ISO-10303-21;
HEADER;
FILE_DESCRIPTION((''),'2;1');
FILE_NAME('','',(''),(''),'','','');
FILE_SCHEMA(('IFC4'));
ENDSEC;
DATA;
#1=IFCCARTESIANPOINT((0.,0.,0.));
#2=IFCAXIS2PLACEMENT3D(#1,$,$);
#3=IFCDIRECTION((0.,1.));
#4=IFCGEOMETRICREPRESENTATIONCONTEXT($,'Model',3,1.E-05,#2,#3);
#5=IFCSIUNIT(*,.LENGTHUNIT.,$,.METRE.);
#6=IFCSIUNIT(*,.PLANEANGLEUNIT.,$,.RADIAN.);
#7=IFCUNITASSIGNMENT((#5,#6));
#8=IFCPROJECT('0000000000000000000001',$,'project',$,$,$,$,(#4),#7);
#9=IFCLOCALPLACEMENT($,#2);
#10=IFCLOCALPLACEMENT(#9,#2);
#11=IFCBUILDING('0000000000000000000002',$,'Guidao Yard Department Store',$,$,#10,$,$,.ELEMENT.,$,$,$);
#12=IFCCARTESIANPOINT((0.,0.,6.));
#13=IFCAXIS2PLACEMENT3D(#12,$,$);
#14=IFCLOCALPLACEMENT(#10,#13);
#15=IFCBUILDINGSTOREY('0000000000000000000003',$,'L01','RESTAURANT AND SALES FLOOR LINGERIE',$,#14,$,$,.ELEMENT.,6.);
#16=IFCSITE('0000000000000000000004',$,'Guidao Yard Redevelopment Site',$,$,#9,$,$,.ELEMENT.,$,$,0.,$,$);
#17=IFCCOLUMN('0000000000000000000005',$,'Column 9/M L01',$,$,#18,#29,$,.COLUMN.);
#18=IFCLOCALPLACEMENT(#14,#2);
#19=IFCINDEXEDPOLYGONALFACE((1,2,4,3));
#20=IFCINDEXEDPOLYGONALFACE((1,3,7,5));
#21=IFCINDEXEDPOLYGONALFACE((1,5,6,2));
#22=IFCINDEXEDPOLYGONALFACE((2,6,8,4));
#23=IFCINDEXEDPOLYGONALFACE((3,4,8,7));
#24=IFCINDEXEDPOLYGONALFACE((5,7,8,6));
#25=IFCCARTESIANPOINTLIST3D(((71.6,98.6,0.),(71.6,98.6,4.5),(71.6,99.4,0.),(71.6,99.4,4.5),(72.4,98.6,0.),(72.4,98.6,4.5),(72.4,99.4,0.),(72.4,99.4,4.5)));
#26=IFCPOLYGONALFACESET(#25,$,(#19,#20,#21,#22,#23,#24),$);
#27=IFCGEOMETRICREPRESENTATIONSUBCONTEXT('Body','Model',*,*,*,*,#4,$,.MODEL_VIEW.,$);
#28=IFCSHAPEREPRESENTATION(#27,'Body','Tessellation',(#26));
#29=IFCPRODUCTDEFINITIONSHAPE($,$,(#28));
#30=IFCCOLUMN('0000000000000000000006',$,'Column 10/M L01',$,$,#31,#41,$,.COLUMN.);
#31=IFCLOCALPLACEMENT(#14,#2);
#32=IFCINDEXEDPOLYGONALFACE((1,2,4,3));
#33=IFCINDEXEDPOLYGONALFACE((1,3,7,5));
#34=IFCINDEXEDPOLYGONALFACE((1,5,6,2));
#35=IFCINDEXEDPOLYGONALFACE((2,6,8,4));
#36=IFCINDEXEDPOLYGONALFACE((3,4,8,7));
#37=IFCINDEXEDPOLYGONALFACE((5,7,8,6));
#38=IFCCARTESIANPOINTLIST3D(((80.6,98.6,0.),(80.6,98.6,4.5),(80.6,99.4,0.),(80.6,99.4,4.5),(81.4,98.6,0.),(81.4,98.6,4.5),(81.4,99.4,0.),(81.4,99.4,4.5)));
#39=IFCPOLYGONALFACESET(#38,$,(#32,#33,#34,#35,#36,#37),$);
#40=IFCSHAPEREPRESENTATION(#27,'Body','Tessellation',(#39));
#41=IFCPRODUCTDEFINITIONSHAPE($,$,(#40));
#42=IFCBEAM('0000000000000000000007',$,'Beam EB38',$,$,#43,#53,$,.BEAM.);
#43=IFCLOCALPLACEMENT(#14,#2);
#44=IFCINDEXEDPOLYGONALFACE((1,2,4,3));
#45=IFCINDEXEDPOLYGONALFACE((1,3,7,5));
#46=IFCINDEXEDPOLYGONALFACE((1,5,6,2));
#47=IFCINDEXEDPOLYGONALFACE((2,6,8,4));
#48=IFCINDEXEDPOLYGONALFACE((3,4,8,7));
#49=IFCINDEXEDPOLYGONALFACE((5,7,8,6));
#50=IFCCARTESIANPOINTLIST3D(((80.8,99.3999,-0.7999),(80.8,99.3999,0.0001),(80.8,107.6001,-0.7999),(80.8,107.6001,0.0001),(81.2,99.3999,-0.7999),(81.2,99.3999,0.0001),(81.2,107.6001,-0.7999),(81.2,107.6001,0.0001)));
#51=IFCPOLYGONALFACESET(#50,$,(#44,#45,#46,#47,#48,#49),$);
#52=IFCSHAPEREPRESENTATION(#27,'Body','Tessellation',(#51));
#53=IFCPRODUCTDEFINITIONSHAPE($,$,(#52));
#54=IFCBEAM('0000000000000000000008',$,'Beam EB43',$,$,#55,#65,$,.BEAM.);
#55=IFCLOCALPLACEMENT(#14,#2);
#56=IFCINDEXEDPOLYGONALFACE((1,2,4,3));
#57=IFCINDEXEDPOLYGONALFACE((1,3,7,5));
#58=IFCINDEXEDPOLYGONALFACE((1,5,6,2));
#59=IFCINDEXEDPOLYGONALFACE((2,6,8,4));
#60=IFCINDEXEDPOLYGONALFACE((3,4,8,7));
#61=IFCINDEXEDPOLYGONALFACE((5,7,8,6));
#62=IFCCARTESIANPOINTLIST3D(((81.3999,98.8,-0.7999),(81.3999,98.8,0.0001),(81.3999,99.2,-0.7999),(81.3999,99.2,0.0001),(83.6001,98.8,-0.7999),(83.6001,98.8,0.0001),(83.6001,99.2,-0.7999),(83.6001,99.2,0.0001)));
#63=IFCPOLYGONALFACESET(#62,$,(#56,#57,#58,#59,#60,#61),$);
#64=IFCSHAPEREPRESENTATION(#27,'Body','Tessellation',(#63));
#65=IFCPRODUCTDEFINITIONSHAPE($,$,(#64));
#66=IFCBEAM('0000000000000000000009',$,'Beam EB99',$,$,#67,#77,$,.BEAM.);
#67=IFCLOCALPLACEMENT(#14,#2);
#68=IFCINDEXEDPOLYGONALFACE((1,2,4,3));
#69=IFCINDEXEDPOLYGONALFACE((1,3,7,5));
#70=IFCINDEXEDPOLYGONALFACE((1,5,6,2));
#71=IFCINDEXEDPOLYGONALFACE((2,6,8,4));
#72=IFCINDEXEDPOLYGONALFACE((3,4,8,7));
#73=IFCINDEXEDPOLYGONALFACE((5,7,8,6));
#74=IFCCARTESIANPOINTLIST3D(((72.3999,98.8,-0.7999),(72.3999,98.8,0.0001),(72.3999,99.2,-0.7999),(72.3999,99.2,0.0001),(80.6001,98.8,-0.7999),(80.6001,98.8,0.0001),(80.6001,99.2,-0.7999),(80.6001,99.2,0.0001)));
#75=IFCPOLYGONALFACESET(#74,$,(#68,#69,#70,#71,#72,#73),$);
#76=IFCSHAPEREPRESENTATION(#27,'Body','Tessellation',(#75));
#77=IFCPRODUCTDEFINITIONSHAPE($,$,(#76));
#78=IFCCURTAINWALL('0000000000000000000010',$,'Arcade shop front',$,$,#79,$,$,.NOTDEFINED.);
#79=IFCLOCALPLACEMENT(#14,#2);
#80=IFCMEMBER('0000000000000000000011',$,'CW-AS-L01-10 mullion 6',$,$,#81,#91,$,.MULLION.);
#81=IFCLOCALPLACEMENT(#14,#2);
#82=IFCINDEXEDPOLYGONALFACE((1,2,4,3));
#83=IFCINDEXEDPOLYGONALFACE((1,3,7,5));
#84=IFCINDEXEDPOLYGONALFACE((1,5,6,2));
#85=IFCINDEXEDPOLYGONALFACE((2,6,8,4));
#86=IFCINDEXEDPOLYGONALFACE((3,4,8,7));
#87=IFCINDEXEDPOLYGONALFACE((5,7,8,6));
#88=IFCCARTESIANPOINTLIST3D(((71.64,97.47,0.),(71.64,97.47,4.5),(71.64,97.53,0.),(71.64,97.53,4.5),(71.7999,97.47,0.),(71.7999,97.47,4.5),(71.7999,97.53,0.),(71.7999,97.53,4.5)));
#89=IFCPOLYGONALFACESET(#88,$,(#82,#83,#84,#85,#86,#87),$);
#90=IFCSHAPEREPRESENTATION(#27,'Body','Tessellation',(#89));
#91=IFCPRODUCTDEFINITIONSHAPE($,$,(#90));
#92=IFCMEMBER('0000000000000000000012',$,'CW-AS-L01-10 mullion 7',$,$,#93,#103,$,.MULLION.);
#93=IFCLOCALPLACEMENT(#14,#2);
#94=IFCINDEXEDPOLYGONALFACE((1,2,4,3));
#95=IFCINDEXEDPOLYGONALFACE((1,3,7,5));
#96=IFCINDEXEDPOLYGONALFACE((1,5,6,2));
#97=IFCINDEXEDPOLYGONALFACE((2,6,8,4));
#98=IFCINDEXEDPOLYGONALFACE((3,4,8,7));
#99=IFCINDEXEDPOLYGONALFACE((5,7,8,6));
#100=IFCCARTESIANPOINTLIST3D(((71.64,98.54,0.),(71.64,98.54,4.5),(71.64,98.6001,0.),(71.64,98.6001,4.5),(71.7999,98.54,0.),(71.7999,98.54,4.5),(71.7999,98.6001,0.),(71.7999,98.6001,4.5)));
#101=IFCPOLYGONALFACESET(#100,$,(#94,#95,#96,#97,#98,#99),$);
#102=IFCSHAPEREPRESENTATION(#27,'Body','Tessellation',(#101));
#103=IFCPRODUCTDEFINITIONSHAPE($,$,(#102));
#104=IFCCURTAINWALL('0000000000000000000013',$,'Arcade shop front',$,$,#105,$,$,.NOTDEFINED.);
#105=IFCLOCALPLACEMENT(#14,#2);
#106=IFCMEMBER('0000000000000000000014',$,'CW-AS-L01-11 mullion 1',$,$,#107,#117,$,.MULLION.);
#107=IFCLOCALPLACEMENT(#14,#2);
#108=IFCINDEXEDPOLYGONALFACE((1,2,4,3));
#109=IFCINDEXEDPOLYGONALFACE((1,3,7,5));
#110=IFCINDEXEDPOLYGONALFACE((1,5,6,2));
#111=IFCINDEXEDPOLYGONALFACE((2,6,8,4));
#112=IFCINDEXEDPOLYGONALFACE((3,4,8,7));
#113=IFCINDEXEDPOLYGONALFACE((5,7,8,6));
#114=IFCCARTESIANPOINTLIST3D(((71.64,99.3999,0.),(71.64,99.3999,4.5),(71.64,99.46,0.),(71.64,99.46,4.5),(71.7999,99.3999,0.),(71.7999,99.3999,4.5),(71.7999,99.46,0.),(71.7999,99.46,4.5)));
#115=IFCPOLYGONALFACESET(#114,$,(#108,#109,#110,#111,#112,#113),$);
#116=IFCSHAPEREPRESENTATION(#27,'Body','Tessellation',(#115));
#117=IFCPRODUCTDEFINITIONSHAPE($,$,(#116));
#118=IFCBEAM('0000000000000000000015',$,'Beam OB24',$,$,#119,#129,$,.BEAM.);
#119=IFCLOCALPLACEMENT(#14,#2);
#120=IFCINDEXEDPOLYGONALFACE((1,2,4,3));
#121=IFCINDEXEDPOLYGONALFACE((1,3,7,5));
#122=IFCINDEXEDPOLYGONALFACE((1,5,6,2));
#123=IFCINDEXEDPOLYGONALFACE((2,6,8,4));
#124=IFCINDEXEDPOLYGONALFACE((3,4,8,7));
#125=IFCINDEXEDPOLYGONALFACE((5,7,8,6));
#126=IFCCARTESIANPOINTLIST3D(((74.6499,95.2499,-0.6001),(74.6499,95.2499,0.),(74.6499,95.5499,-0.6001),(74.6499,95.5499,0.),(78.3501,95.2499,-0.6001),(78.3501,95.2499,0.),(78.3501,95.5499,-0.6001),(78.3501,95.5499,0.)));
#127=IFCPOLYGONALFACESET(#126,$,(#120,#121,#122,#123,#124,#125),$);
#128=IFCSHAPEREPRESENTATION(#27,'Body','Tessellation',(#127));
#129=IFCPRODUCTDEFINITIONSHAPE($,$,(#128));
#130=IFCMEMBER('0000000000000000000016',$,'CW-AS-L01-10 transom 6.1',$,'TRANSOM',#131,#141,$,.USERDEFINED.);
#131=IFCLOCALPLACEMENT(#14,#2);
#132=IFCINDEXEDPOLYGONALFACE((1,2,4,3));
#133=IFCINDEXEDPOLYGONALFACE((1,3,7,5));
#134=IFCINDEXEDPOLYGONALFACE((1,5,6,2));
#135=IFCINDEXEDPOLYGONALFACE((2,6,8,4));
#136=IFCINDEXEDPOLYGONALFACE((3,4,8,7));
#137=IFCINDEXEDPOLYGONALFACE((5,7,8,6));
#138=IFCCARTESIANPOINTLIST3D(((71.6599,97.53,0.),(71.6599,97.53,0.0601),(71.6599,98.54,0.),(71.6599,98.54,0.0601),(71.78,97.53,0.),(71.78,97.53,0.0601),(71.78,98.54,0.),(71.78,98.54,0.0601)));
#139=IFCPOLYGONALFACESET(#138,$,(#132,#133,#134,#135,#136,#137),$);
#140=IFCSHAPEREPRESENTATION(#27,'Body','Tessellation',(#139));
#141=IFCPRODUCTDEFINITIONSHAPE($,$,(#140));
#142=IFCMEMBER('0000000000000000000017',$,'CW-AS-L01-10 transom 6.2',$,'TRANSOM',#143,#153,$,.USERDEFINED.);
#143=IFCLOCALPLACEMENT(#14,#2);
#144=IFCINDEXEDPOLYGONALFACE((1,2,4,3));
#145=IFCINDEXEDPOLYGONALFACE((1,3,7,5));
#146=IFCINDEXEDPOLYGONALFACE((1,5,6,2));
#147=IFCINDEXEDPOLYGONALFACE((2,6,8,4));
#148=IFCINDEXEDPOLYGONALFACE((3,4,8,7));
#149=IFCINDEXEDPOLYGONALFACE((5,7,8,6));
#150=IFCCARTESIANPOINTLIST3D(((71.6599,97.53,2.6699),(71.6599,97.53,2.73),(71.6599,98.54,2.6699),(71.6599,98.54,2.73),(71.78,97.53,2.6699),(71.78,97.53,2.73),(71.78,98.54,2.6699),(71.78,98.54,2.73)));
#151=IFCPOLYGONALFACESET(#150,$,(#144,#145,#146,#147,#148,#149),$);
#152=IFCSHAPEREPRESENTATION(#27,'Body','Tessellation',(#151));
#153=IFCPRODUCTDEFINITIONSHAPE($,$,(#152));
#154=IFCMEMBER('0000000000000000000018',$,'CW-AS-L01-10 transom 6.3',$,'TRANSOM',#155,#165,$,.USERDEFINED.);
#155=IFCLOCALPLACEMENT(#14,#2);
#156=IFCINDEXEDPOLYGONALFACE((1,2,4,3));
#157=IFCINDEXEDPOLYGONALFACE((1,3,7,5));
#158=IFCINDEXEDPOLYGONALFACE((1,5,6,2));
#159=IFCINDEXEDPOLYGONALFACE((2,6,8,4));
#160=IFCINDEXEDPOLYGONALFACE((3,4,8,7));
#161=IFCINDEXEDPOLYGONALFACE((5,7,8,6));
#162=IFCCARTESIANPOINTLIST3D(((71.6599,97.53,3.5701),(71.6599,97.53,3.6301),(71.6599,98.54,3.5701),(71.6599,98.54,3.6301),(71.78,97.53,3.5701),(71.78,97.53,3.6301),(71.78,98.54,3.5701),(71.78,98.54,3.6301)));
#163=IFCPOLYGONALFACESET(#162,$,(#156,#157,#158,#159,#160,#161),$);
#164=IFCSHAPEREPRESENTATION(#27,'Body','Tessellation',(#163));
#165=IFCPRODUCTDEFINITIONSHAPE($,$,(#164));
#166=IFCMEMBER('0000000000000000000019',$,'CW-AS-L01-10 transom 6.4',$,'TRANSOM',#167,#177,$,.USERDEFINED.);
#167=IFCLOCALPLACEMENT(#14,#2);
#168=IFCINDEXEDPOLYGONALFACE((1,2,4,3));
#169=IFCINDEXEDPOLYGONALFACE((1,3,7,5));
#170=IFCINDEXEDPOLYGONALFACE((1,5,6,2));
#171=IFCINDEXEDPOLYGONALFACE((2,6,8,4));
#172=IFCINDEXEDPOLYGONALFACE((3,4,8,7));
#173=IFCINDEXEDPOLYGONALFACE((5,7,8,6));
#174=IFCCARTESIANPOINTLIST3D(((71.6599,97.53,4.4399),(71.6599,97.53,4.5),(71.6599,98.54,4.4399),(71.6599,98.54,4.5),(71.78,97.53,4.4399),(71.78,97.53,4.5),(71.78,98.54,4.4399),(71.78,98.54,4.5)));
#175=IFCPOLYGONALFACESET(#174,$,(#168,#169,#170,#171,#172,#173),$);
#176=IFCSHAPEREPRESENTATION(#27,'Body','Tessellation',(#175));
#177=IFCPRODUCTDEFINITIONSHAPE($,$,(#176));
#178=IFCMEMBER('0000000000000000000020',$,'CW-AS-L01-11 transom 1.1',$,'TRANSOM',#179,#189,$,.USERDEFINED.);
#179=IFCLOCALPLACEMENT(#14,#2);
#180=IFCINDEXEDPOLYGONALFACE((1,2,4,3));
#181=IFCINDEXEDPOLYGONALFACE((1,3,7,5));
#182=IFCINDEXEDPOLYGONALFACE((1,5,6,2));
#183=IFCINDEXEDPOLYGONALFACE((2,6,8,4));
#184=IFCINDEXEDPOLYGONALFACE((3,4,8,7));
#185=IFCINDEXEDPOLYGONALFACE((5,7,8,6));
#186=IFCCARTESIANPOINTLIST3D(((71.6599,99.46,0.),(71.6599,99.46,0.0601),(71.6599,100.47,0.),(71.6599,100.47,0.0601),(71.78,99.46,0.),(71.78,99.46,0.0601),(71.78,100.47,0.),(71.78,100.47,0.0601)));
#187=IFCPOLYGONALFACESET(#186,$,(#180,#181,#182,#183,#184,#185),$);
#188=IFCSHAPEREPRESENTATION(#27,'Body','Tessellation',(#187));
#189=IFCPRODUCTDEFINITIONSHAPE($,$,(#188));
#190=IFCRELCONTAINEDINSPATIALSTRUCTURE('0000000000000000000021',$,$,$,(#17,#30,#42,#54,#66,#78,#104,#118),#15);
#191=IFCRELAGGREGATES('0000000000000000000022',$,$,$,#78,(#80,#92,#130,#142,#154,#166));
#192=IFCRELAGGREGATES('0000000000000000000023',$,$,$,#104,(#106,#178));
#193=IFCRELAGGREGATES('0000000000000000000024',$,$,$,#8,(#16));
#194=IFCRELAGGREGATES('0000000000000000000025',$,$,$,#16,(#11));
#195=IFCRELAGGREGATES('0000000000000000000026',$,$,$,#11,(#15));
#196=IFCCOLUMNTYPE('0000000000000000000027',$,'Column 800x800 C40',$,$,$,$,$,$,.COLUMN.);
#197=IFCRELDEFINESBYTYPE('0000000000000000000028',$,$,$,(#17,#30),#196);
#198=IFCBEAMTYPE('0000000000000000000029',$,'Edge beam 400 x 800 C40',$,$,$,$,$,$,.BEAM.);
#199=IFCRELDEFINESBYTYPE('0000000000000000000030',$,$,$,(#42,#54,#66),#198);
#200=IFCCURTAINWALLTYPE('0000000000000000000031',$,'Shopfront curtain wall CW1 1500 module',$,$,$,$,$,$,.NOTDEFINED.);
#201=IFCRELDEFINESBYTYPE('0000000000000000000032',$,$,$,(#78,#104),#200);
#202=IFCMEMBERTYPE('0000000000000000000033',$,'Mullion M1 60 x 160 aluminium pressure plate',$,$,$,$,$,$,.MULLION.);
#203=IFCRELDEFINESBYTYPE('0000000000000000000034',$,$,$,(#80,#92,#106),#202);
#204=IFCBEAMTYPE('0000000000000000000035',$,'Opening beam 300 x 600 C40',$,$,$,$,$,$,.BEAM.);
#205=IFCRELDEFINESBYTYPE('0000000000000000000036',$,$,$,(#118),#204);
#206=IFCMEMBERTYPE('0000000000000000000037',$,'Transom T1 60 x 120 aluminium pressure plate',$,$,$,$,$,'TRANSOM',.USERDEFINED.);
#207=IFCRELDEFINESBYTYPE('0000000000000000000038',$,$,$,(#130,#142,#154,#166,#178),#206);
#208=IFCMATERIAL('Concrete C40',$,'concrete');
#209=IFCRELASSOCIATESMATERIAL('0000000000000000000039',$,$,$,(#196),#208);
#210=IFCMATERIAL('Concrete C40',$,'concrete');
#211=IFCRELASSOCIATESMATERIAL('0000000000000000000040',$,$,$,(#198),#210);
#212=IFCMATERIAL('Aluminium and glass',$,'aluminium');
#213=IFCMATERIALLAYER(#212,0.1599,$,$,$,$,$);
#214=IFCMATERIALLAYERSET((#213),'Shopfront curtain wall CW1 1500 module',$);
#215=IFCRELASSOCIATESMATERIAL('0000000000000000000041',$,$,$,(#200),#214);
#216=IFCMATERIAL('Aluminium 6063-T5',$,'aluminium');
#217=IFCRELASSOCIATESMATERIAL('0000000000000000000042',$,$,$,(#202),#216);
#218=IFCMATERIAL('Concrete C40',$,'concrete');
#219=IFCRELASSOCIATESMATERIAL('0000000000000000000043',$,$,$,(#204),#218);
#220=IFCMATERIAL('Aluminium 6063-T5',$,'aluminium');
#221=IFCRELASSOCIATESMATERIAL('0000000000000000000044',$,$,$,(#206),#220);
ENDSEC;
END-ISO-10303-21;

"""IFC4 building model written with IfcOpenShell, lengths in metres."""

from ifc_helpers import new_model, si_unit, direction, frame, origin, origin_2d, place, context, subcontext, project, spatial, rectangle, extrude, material, layer, layer_set, material_profile, profile_set, type_object, element, aggregate, save


model = new_model("IFC4")

# Units and contexts
model_context = context("Model", 3, precision=1e-05, world=origin(), true_north=direction((0.0, 1.0)))
body_context = subcontext(model_context, "Body", "Model", "MODEL_VIEW")
ifc_project = project(units=[si_unit("LENGTHUNIT", "METRE"), si_unit("PLANEANGLEUNIT", "RADIAN")], contexts=[model_context])

# Site, building, storey
site_placement = place(None, origin())
site = spatial("IfcSite", under=ifc_project, at=site_placement, Name="Guidao Yard Redevelopment Site", CompositionType="ELEMENT", RefElevation=0.0)
building_placement = place(site_placement, origin())
building = spatial("IfcBuilding", under=site, at=building_placement, Name="Guidao Yard Department Store", CompositionType="ELEMENT")
storey_placement = place(building_placement, frame((0.0, 0.0, 6.0)))
storey = spatial("IfcBuildingStorey", under=building, at=storey_placement, Name="L01", Description="RESTAURANT AND SALES FLOOR LINGERIE", CompositionType="ELEMENT", Elevation=6.0)

# Columns
ifc_material_1 = material(Name="Concrete C40", Category="concrete")
ifc_material_profile_1 = material_profile(ifc_material_1, rectangle(XDim=0.8, YDim=0.8, at=origin_2d()), Name="COL 800x800")
ifc_profile_set_1 = profile_set([ifc_material_profile_1], Name="Concrete C40")
column_type = type_object("IfcColumnType", Name="Column 800x800 C40", PredefinedType="COLUMN", material=ifc_profile_set_1)
for number, where, z_axis, x_axis, name in (
    (1, (72.0, 99.0, 0.0), (0.0, 0.0, 1.0), (1.0, 0.0, 0.0), "Column 9/M L01"),
    (2, (81.0, 99.0, 0.0), (0.0, 0.0, 1.0), (1.0, 0.0, 0.0), "Column 10/M L01"),
):
    element("IfcColumn", number, at=place(storey_placement, frame(where, z_axis=z_axis, x_axis=x_axis)), inside=storey, type_object=column_type, Name=name, PredefinedType="COLUMN", context=body_context, shape_type="SweptSolid", body=[
        extrude(rectangle(XDim=0.8, YDim=0.8, at=origin_2d()), origin(), (0.0, 0.0, 1.0), 4.5),
    ])

# Beams
ifc_material_2 = material(Name="Concrete C40", Category="concrete")
ifc_material_profile_2 = material_profile(ifc_material_2, rectangle(XDim=0.3999, YDim=0.8, at=origin_2d()), Name="Edge beam 400 x 800 C40")
ifc_profile_set_2 = profile_set([ifc_material_profile_2], Name="Concrete C40")
beam_type_1 = type_object("IfcBeamType", Name="Edge beam 400 x 800 C40", PredefinedType="BEAM", material=ifc_profile_set_2)
beam_1_placement = place(storey_placement, frame((81.0, 99.3999, -0.3999), z_axis=(0.0, 1.0, 0.0), x_axis=(-1.0, 0.0, 0.0)))
element("IfcBeam", 3, at=beam_1_placement, inside=storey, type_object=beam_type_1, Name="Beam EB38", PredefinedType="BEAM", context=body_context, shape_type="SweptSolid", body=[
    extrude(rectangle(XDim=0.3999, YDim=0.8, at=origin_2d()), origin(), (0.0, 0.0, 1.0), 8.2002),
])
beam_2_placement = place(storey_placement, frame((81.3999, 99.0, -0.3999), z_axis=(1.0, 0.0, 0.0), x_axis=(0.0, 1.0, 0.0)))
element("IfcBeam", 4, at=beam_2_placement, inside=storey, type_object=beam_type_1, Name="Beam EB43", PredefinedType="BEAM", context=body_context, shape_type="SweptSolid", body=[
    extrude(rectangle(XDim=0.3999, YDim=0.8, at=origin_2d()), origin(), (0.0, 0.0, 1.0), 2.2002),
])
beam_3_placement = place(storey_placement, frame((72.3999, 99.0, -0.3999), z_axis=(1.0, 0.0, 0.0), x_axis=(0.0, 1.0, 0.0)))
element("IfcBeam", 5, at=beam_3_placement, inside=storey, type_object=beam_type_1, Name="Beam EB99", PredefinedType="BEAM", context=body_context, shape_type="SweptSolid", body=[
    extrude(rectangle(XDim=0.3999, YDim=0.8, at=origin_2d()), origin(), (0.0, 0.0, 1.0), 8.2002),
])

# Curtain wall, members
ifc_material_3 = material(Name="Aluminium and glass", Category="aluminium")
ifc_layer_1 = layer(ifc_material_3, 0.1599)
ifc_layer_set_1 = layer_set([ifc_layer_1], Name="Shopfront curtain wall CW1 1500 module")
curtain_wall_type = type_object("IfcCurtainWallType", Name="Shopfront curtain wall CW1 1500 module", PredefinedType="NOTDEFINED", material=ifc_layer_set_1)
curtain_wall_1_placement = place(storey_placement, origin())
curtain_wall_1 = element("IfcCurtainWall", 6, at=curtain_wall_1_placement, inside=storey, type_object=curtain_wall_type, Name="Arcade shop front", PredefinedType="NOTDEFINED")
ifc_material_4 = material(Name="Aluminium 6063-T5", Category="aluminium")
ifc_material_profile_3 = material_profile(ifc_material_4, rectangle(XDim=0.0601, YDim=0.1599, at=origin_2d()), Name="Mullion M1 60 x 160 aluminium pressure plate")
ifc_profile_set_3 = profile_set([ifc_material_profile_3], Name="Aluminium 6063-T5")
member_type_1 = type_object("IfcMemberType", Name="Mullion M1 60 x 160 aluminium pressure plate", PredefinedType="MULLION", material=ifc_profile_set_3)
member_1_placement = place(storey_placement, frame((71.72, 97.5, 0.0), z_axis=(0.0, 0.0, 1.0), x_axis=(0.0, 1.0, 0.0)))
member_1 = element("IfcMember", 7, at=member_1_placement, type_object=member_type_1, Name="CW-AS-L01-10 mullion 6", PredefinedType="MULLION", context=body_context, shape_type="SweptSolid", body=[
    extrude(rectangle(XDim=0.0601, YDim=0.1599, at=origin_2d()), origin(), (0.0, 0.0, 1.0), 4.5),
])
member_2_placement = place(storey_placement, frame((71.72, 98.5701, 0.0), z_axis=(0.0, 0.0, 1.0), x_axis=(0.0, 1.0, 0.0)))
member_2 = element("IfcMember", 8, at=member_2_placement, type_object=member_type_1, Name="CW-AS-L01-10 mullion 7", PredefinedType="MULLION", context=body_context, shape_type="SweptSolid", body=[
    extrude(rectangle(XDim=0.0601, YDim=0.1599, at=origin_2d()), origin(), (0.0, 0.0, 1.0), 4.5),
])

# Curtain wall, member
curtain_wall_2_placement = place(storey_placement, origin())
curtain_wall_2 = element("IfcCurtainWall", 9, at=curtain_wall_2_placement, inside=storey, type_object=curtain_wall_type, Name="Arcade shop front", PredefinedType="NOTDEFINED")
member_3_placement = place(storey_placement, frame((71.72, 99.4299, 0.0), z_axis=(0.0, 0.0, 1.0), x_axis=(0.0, 1.0, 0.0)))
member_3 = element("IfcMember", 10, at=member_3_placement, type_object=member_type_1, Name="CW-AS-L01-11 mullion 1", PredefinedType="MULLION", context=body_context, shape_type="SweptSolid", body=[
    extrude(rectangle(XDim=0.0601, YDim=0.1599, at=origin_2d()), origin(), (0.0, 0.0, 1.0), 4.5),
])

# Beam
ifc_material_5 = material(Name="Concrete C40", Category="concrete")
ifc_material_profile_4 = material_profile(ifc_material_5, rectangle(XDim=0.3, YDim=0.6001, at=origin_2d()), Name="Opening beam 300 x 600 C40")
ifc_profile_set_4 = profile_set([ifc_material_profile_4], Name="Concrete C40")
beam_type_2 = type_object("IfcBeamType", Name="Opening beam 300 x 600 C40", PredefinedType="BEAM", material=ifc_profile_set_4)
beam_4_placement = place(storey_placement, frame((74.6499, 95.3999, -0.3), z_axis=(1.0, 0.0, 0.0), x_axis=(0.0, 1.0, 0.0)))
element("IfcBeam", 11, at=beam_4_placement, inside=storey, type_object=beam_type_2, Name="Beam OB24", PredefinedType="BEAM", context=body_context, shape_type="SweptSolid", body=[
    extrude(rectangle(XDim=0.3, YDim=0.6001, at=origin_2d()), origin(), (0.0, 0.0, 1.0), 3.7002),
])

# Members
ifc_material_6 = material(Name="Aluminium 6063-T5", Category="aluminium")
ifc_material_profile_5 = material_profile(ifc_material_6, rectangle(XDim=0.1201, YDim=0.0601, at=origin_2d()), Name="Transom T1 60 x 120 aluminium pressure plate")
ifc_profile_set_5 = profile_set([ifc_material_profile_5], Name="Aluminium 6063-T5")
member_type_2 = type_object("IfcMemberType", Name="Transom T1 60 x 120 aluminium pressure plate", ElementType="TRANSOM", PredefinedType="USERDEFINED", material=ifc_profile_set_5)
member_4_placement = place(storey_placement, frame((71.72, 97.53, 0.03), z_axis=(0.0, 1.0, 0.0), x_axis=(-1.0, 0.0, 0.0)))
member_4 = element("IfcMember", 12, at=member_4_placement, type_object=member_type_2, Name="CW-AS-L01-10 transom 6.1", ObjectType="TRANSOM", PredefinedType="USERDEFINED", context=body_context, shape_type="SweptSolid", body=[
    extrude(rectangle(XDim=0.1201, YDim=0.0601, at=origin_2d()), origin(), (0.0, 0.0, 1.0), 1.01),
])
member_5_placement = place(storey_placement, frame((71.72, 97.53, 2.7), z_axis=(0.0, 1.0, 0.0), x_axis=(-1.0, 0.0, 0.0)))
member_5 = element("IfcMember", 13, at=member_5_placement, type_object=member_type_2, Name="CW-AS-L01-10 transom 6.2", ObjectType="TRANSOM", PredefinedType="USERDEFINED", context=body_context, shape_type="SweptSolid", body=[
    extrude(rectangle(XDim=0.1201, YDim=0.0601, at=origin_2d()), origin(), (0.0, 0.0, 1.0), 1.01),
])
member_6_placement = place(storey_placement, frame((71.72, 97.53, 3.6001), z_axis=(0.0, 1.0, 0.0), x_axis=(-1.0, 0.0, 0.0)))
member_6 = element("IfcMember", 14, at=member_6_placement, type_object=member_type_2, Name="CW-AS-L01-10 transom 6.3", ObjectType="TRANSOM", PredefinedType="USERDEFINED", context=body_context, shape_type="SweptSolid", body=[
    extrude(rectangle(XDim=0.1201, YDim=0.0601, at=origin_2d()), origin(), (0.0, 0.0, 1.0), 1.01),
])
member_7_placement = place(storey_placement, frame((71.72, 97.53, 4.47), z_axis=(0.0, 1.0, 0.0), x_axis=(-1.0, 0.0, 0.0)))
member_7 = element("IfcMember", 15, at=member_7_placement, type_object=member_type_2, Name="CW-AS-L01-10 transom 6.4", ObjectType="TRANSOM", PredefinedType="USERDEFINED", context=body_context, shape_type="SweptSolid", body=[
    extrude(rectangle(XDim=0.1201, YDim=0.0601, at=origin_2d()), origin(), (0.0, 0.0, 1.0), 1.01),
])
member_8_placement = place(storey_placement, frame((71.72, 99.46, 0.03), z_axis=(0.0, 1.0, 0.0), x_axis=(-1.0, 0.0, 0.0)))
member_8 = element("IfcMember", 16, at=member_8_placement, type_object=member_type_2, Name="CW-AS-L01-11 transom 1.1", ObjectType="TRANSOM", PredefinedType="USERDEFINED", context=body_context, shape_type="SweptSolid", body=[
    extrude(rectangle(XDim=0.1201, YDim=0.0601, at=origin_2d()), origin(), (0.0, 0.0, 1.0), 1.01),
])

aggregate(curtain_wall_1, [member_1, member_2, member_4, member_5, member_6, member_7])
aggregate(curtain_wall_2, [member_3, member_8])

save(model, "model.ifc")
